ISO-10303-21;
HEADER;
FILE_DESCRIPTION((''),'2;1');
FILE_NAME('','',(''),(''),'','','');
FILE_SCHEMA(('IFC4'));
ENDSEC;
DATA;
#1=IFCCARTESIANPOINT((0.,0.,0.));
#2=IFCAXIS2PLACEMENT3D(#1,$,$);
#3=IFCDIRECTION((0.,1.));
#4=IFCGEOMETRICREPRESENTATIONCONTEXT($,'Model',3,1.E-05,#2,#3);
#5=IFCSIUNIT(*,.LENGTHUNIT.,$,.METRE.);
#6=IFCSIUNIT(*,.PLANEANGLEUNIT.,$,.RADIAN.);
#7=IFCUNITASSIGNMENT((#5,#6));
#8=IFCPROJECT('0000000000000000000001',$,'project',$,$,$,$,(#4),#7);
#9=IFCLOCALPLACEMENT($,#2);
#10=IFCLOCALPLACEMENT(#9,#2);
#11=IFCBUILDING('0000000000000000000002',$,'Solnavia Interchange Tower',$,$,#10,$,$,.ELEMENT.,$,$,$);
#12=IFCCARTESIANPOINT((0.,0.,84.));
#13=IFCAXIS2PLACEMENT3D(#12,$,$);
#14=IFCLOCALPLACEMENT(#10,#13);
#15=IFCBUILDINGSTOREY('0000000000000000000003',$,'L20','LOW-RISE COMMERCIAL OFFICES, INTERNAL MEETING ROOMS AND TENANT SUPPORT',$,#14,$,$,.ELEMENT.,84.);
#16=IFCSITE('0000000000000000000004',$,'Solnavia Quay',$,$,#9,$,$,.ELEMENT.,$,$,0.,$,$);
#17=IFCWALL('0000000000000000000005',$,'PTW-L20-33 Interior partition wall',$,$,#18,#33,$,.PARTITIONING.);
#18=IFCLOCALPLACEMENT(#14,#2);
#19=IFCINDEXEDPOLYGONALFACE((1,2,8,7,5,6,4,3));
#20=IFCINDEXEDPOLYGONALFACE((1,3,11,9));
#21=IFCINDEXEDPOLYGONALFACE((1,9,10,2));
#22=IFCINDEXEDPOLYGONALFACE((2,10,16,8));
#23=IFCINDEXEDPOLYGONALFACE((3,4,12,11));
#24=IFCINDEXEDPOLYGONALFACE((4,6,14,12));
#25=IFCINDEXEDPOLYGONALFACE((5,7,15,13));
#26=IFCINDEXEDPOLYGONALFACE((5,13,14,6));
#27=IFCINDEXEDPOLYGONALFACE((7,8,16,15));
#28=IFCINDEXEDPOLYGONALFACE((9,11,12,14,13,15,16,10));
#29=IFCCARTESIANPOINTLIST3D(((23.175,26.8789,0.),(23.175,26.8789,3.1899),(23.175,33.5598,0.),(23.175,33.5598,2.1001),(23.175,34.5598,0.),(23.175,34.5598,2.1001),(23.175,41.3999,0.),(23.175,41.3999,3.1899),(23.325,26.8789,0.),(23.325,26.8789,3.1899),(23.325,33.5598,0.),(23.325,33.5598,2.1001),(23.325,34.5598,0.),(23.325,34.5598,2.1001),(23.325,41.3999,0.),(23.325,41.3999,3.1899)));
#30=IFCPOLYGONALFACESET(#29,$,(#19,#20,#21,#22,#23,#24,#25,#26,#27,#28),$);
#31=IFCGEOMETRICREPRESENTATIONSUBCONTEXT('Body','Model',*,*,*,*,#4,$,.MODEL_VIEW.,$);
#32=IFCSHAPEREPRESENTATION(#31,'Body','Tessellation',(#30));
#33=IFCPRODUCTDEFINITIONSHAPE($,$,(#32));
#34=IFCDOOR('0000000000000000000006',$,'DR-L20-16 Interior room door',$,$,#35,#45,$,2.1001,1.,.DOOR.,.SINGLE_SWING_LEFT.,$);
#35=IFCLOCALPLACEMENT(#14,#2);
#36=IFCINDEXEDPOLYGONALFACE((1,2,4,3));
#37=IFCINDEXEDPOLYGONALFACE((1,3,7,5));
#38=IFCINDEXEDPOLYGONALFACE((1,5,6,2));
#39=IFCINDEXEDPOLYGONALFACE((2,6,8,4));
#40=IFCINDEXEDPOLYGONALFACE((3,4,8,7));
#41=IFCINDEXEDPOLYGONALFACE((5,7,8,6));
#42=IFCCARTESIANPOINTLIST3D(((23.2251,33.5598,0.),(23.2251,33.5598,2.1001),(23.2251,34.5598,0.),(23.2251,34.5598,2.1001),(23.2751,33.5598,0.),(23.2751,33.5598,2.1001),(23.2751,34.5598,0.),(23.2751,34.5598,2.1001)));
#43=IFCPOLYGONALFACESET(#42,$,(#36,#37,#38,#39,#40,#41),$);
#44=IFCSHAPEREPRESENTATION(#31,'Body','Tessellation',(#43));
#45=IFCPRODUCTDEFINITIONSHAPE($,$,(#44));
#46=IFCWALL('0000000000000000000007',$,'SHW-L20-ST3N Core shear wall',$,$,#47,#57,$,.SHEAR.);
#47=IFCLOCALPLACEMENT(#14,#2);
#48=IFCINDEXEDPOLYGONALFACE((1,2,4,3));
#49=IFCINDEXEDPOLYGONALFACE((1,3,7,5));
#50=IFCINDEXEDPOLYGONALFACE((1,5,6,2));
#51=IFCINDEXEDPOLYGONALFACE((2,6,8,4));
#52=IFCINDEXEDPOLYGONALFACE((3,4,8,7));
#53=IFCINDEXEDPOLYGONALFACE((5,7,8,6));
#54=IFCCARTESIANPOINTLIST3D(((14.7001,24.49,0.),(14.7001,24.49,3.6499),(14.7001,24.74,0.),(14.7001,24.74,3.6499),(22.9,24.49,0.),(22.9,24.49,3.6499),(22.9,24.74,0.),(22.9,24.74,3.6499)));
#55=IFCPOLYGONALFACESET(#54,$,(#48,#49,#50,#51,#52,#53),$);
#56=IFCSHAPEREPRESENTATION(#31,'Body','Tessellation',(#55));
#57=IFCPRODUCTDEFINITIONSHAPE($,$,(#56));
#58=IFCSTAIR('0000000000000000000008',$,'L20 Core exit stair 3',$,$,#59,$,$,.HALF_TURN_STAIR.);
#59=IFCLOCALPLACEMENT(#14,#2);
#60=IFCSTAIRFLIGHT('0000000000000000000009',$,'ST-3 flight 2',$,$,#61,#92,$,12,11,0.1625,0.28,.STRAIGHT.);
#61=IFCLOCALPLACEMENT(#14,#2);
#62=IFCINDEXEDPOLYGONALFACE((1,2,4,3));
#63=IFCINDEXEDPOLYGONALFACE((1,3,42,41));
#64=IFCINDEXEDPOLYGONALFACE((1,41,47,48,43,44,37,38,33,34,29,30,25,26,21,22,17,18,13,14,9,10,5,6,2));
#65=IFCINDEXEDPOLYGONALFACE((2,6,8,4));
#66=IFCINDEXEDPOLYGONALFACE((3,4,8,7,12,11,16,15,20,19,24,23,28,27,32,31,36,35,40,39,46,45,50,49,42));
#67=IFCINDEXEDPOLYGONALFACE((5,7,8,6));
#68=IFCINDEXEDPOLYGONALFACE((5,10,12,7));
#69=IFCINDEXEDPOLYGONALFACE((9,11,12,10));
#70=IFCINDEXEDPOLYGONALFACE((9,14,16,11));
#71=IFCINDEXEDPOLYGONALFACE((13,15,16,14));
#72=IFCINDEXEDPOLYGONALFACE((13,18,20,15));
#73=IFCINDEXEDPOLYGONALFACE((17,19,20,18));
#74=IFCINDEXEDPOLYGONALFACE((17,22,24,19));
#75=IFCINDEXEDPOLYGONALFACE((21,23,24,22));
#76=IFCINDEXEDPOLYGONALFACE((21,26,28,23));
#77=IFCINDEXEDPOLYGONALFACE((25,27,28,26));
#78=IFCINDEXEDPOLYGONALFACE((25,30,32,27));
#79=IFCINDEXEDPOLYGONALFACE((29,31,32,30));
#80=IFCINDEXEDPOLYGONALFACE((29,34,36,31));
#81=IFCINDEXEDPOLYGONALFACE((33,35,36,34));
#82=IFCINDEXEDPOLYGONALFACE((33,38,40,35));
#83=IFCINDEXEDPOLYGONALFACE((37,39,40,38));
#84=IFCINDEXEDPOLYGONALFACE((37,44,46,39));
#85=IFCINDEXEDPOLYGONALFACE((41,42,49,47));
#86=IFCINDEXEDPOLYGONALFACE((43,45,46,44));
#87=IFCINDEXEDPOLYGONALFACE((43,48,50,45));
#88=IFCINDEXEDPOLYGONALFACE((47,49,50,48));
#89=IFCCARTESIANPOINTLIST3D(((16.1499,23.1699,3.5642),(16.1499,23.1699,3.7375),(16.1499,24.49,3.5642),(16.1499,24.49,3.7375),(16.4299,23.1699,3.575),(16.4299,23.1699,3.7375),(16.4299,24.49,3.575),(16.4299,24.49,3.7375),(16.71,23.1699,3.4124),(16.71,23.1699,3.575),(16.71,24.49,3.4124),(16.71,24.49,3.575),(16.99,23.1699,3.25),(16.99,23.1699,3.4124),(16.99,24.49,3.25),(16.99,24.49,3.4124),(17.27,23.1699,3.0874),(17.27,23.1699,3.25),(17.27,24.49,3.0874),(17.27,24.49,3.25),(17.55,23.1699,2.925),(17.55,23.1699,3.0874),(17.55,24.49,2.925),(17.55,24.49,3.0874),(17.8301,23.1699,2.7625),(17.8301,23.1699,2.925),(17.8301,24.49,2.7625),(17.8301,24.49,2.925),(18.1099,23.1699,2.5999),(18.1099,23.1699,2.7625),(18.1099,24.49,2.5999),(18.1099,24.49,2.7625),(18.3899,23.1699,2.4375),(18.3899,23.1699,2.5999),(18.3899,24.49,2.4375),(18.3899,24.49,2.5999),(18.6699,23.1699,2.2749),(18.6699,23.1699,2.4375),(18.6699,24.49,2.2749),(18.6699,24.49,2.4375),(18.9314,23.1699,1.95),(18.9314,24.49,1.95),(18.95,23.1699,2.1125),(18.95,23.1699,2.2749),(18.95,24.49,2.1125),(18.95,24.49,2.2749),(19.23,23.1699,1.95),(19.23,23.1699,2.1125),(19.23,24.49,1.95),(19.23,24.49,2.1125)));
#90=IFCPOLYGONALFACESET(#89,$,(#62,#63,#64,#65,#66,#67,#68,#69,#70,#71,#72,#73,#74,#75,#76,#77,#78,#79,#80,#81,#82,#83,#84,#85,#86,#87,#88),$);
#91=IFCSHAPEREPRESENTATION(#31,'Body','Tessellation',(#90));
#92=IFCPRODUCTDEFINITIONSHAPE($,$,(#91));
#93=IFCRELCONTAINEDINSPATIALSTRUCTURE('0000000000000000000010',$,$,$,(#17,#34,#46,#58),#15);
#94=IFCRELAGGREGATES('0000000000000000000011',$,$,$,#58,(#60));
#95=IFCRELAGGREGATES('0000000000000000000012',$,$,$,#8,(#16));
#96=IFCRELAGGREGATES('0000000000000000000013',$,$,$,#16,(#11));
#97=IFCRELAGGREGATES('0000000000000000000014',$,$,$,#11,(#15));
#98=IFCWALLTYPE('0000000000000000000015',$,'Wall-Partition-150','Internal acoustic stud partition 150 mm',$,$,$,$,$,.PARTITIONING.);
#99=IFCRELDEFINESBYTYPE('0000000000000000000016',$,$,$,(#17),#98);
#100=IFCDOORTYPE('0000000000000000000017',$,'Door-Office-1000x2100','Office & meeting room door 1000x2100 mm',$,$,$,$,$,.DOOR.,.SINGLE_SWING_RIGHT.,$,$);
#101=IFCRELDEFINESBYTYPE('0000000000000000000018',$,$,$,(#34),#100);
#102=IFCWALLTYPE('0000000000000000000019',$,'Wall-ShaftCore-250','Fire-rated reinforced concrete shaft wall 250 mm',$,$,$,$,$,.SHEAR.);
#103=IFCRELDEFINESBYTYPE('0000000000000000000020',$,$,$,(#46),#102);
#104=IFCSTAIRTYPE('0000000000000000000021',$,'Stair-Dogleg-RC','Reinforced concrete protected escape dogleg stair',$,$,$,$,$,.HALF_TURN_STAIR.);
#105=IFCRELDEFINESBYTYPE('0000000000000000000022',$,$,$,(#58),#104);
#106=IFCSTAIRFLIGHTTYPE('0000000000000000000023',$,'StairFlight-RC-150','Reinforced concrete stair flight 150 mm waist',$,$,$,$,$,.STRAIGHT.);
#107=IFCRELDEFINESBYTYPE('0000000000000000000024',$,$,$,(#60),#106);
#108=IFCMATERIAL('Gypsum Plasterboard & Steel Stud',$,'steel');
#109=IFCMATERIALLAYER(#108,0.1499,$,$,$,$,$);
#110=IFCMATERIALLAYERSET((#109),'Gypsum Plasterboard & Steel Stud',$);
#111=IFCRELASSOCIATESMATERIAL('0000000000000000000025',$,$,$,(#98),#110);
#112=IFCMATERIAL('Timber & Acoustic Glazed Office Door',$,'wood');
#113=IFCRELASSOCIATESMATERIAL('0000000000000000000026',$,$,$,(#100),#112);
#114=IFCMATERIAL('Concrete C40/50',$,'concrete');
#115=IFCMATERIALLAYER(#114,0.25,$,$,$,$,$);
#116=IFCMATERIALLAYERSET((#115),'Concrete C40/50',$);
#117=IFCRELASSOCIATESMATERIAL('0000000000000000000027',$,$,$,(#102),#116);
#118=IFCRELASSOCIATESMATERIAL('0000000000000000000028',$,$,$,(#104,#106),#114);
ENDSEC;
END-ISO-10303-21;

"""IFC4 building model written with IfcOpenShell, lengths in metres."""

from ifc_helpers import new_model, si_unit, direction, frame, frame_2d, origin, place, context, subcontext, project, spatial, polyline, rectangle, outline, extrude, material, layer, layer_set, type_object, element, fill, aggregate, save


model = new_model("IFC4")

# Units and contexts
model_context = context("Model", 3, precision=1e-05, world=origin(), true_north=direction((0.0, 1.0)))
body_context = subcontext(model_context, "Body", "Model", "MODEL_VIEW")
ifc_project = project(units=[si_unit("LENGTHUNIT", "METRE"), si_unit("PLANEANGLEUNIT", "RADIAN")], contexts=[model_context])

# Site, building, storey
site_placement = place(None, origin())
site = spatial("IfcSite", under=ifc_project, at=site_placement, Name="Solnavia Quay", CompositionType="ELEMENT", RefElevation=0.0)
building_placement = place(site_placement, origin())
building = spatial("IfcBuilding", under=site, at=building_placement, Name="Solnavia Interchange Tower", CompositionType="ELEMENT")
storey_placement = place(building_placement, frame((0.0, 0.0, 84.0)))
storey = spatial("IfcBuildingStorey", under=building, at=storey_placement, Name="L20", Description="LOW-RISE COMMERCIAL OFFICES, INTERNAL MEETING ROOMS AND TENANT SUPPORT", CompositionType="ELEMENT", Elevation=84.0)

# Shared definitions
ifc_material_1 = material(Name="Gypsum Plasterboard & Steel Stud", Category="steel")
ifc_layer_1 = layer(ifc_material_1, 0.1499)
ifc_layer_set_1 = layer_set([ifc_layer_1], Name="Gypsum Plasterboard & Steel Stud")
wall_type_1 = type_object("IfcWallType", Name="Wall-Partition-150", Description="Internal acoustic stud partition 150 mm", PredefinedType="PARTITIONING", material=ifc_layer_set_1)
ifc_material_2 = material(Name="Timber & Acoustic Glazed Office Door", Category="wood")
door_type = type_object("IfcDoorType", Name="Door-Office-1000x2100", Description="Office & meeting room door 1000x2100 mm", OperationType="SINGLE_SWING_RIGHT", PredefinedType="DOOR", material=ifc_material_2)

# Wall, opening, door
wall_1_placement = place(storey_placement, frame((23.25, 26.8789, 0.0), z_axis=(0.0, 0.0, 1.0), x_axis=(0.0, 1.0, 0.0)))
wall_1 = element("IfcWall", 1, at=wall_1_placement, inside=storey, type_object=wall_type_1, Name="PTW-L20-33 Interior partition wall", PredefinedType="PARTITIONING", context=body_context, shape_type="SweptSolid", body=[
    extrude(rectangle(XDim=14.521, YDim=0.1499, at=frame_2d((7.2605, 0.0))), origin(), (0.0, 0.0, 1.0), 3.1899),
])
opening_1_placement = place(wall_1_placement, frame((6.6809, 0.0, 0.0)))
opening_1 = element("IfcOpeningElement", 2, at=opening_1_placement, cuts=wall_1, PredefinedType="OPENING", context=body_context, shape_type="SweptSolid", body=[
    extrude(rectangle(XDim=1.0, YDim=2.1001, at=frame_2d((0.5, 1.05))), frame((0.0, 0.085, 0.0), z_axis=(0.0, -1.0, 0.0), x_axis=(1.0, 0.0, 0.0)), (0.0, 0.0, 1.0), 0.1699),
])
door_1_placement = place(opening_1_placement, origin())
door_1 = element("IfcDoor", 3, at=door_1_placement, inside=storey, type_object=door_type, Name="DR-L20-16 Interior room door", OperationType="SINGLE_SWING_LEFT", OverallHeight=2.1001, OverallWidth=1.0, PredefinedType="DOOR", context=body_context, shape_type="SweptSolid", body=[
    extrude(rectangle(XDim=1.0, YDim=2.1001, at=frame_2d((0.5, 1.05))), frame((0.0, 0.0249, 0.0), z_axis=(0.0, -1.0, 0.0), x_axis=(1.0, 0.0, 0.0)), (0.0, 0.0, 1.0), 0.05),
])
fill(opening_1, door_1)

# Wall
ifc_material_3 = material(Name="Concrete C40/50", Category="concrete")
ifc_layer_2 = layer(ifc_material_3, 0.25)
ifc_layer_set_2 = layer_set([ifc_layer_2], Name="Concrete C40/50")
wall_type_2 = type_object("IfcWallType", Name="Wall-ShaftCore-250", Description="Fire-rated reinforced concrete shaft wall 250 mm", PredefinedType="SHEAR", material=ifc_layer_set_2)
wall_2_placement = place(storey_placement, frame((14.7, 24.615, 0.0), z_axis=(0.0, 0.0, 1.0), x_axis=(1.0, 0.0, 0.0)))
element("IfcWall", 4, at=wall_2_placement, inside=storey, type_object=wall_type_2, Name="SHW-L20-ST3N Core shear wall", PredefinedType="SHEAR", context=body_context, shape_type="SweptSolid", body=[
    extrude(rectangle(XDim=8.2, YDim=0.25, at=frame_2d((4.1001, 0.0))), origin(), (0.0, 0.0, 1.0), 3.6499),
])

# Stair, stair flight
stair_type = type_object("IfcStairType", Name="Stair-Dogleg-RC", Description="Reinforced concrete protected escape dogleg stair", PredefinedType="HALF_TURN_STAIR", material=ifc_material_3)
stair_placement = place(storey_placement, origin())
stair = element("IfcStair", 5, at=stair_placement, inside=storey, type_object=stair_type, Name="L20 Core exit stair 3", PredefinedType="HALF_TURN_STAIR")
stair_flight_type = type_object("IfcStairFlightType", Name="StairFlight-RC-150", Description="Reinforced concrete stair flight 150 mm waist", PredefinedType="STRAIGHT", material=ifc_material_3)
stair_flight_placement = place(storey_placement, frame((19.23, 23.8301, 1.95), z_axis=(0.0, 0.0, 1.0), x_axis=(-1.0, 0.0, 0.0)))
stair_flight = element("IfcStairFlight", 6, at=stair_flight_placement, type_object=stair_flight_type, Name="ST-3 flight 2", NumberOfRisers=12, NumberOfTreads=11, PredefinedType="STRAIGHT", RiserHeight=0.1625, TreadLength=0.28, context=body_context, shape_type="SweptSolid", body=[
    extrude(outline(polyline([(0.0, 0.0), (0.0, 0.1626), (0.28, 0.1626), (0.28, 0.325), (0.5601, 0.325), (0.5601, 0.4875), (0.8401, 0.4875), (0.8401, 0.6499), (1.1201, 0.6499), (1.1201, 0.8125), (1.3999, 0.8125), (1.3999, 0.9751), (1.6799, 0.9751), (1.6799, 1.1375), (1.96, 1.1375), (1.96, 1.3), (2.24, 1.3), (2.24, 1.4624), (2.52, 1.4624), (2.52, 1.625), (2.8, 1.625), (2.8, 1.7876), (3.0801, 1.7876), (3.0801, 1.95), (3.0801, 1.6143), (0.2986, 0.0), (0.0, 0.0)])), frame((0.0, 0.6602, 0.0), z_axis=(0.0, -1.0, 0.0), x_axis=(1.0, 0.0, 0.0)), (0.0, 0.0, 1.0), 1.3201),
])
aggregate(stair, [stair_flight])

save(model, "model.ifc")
